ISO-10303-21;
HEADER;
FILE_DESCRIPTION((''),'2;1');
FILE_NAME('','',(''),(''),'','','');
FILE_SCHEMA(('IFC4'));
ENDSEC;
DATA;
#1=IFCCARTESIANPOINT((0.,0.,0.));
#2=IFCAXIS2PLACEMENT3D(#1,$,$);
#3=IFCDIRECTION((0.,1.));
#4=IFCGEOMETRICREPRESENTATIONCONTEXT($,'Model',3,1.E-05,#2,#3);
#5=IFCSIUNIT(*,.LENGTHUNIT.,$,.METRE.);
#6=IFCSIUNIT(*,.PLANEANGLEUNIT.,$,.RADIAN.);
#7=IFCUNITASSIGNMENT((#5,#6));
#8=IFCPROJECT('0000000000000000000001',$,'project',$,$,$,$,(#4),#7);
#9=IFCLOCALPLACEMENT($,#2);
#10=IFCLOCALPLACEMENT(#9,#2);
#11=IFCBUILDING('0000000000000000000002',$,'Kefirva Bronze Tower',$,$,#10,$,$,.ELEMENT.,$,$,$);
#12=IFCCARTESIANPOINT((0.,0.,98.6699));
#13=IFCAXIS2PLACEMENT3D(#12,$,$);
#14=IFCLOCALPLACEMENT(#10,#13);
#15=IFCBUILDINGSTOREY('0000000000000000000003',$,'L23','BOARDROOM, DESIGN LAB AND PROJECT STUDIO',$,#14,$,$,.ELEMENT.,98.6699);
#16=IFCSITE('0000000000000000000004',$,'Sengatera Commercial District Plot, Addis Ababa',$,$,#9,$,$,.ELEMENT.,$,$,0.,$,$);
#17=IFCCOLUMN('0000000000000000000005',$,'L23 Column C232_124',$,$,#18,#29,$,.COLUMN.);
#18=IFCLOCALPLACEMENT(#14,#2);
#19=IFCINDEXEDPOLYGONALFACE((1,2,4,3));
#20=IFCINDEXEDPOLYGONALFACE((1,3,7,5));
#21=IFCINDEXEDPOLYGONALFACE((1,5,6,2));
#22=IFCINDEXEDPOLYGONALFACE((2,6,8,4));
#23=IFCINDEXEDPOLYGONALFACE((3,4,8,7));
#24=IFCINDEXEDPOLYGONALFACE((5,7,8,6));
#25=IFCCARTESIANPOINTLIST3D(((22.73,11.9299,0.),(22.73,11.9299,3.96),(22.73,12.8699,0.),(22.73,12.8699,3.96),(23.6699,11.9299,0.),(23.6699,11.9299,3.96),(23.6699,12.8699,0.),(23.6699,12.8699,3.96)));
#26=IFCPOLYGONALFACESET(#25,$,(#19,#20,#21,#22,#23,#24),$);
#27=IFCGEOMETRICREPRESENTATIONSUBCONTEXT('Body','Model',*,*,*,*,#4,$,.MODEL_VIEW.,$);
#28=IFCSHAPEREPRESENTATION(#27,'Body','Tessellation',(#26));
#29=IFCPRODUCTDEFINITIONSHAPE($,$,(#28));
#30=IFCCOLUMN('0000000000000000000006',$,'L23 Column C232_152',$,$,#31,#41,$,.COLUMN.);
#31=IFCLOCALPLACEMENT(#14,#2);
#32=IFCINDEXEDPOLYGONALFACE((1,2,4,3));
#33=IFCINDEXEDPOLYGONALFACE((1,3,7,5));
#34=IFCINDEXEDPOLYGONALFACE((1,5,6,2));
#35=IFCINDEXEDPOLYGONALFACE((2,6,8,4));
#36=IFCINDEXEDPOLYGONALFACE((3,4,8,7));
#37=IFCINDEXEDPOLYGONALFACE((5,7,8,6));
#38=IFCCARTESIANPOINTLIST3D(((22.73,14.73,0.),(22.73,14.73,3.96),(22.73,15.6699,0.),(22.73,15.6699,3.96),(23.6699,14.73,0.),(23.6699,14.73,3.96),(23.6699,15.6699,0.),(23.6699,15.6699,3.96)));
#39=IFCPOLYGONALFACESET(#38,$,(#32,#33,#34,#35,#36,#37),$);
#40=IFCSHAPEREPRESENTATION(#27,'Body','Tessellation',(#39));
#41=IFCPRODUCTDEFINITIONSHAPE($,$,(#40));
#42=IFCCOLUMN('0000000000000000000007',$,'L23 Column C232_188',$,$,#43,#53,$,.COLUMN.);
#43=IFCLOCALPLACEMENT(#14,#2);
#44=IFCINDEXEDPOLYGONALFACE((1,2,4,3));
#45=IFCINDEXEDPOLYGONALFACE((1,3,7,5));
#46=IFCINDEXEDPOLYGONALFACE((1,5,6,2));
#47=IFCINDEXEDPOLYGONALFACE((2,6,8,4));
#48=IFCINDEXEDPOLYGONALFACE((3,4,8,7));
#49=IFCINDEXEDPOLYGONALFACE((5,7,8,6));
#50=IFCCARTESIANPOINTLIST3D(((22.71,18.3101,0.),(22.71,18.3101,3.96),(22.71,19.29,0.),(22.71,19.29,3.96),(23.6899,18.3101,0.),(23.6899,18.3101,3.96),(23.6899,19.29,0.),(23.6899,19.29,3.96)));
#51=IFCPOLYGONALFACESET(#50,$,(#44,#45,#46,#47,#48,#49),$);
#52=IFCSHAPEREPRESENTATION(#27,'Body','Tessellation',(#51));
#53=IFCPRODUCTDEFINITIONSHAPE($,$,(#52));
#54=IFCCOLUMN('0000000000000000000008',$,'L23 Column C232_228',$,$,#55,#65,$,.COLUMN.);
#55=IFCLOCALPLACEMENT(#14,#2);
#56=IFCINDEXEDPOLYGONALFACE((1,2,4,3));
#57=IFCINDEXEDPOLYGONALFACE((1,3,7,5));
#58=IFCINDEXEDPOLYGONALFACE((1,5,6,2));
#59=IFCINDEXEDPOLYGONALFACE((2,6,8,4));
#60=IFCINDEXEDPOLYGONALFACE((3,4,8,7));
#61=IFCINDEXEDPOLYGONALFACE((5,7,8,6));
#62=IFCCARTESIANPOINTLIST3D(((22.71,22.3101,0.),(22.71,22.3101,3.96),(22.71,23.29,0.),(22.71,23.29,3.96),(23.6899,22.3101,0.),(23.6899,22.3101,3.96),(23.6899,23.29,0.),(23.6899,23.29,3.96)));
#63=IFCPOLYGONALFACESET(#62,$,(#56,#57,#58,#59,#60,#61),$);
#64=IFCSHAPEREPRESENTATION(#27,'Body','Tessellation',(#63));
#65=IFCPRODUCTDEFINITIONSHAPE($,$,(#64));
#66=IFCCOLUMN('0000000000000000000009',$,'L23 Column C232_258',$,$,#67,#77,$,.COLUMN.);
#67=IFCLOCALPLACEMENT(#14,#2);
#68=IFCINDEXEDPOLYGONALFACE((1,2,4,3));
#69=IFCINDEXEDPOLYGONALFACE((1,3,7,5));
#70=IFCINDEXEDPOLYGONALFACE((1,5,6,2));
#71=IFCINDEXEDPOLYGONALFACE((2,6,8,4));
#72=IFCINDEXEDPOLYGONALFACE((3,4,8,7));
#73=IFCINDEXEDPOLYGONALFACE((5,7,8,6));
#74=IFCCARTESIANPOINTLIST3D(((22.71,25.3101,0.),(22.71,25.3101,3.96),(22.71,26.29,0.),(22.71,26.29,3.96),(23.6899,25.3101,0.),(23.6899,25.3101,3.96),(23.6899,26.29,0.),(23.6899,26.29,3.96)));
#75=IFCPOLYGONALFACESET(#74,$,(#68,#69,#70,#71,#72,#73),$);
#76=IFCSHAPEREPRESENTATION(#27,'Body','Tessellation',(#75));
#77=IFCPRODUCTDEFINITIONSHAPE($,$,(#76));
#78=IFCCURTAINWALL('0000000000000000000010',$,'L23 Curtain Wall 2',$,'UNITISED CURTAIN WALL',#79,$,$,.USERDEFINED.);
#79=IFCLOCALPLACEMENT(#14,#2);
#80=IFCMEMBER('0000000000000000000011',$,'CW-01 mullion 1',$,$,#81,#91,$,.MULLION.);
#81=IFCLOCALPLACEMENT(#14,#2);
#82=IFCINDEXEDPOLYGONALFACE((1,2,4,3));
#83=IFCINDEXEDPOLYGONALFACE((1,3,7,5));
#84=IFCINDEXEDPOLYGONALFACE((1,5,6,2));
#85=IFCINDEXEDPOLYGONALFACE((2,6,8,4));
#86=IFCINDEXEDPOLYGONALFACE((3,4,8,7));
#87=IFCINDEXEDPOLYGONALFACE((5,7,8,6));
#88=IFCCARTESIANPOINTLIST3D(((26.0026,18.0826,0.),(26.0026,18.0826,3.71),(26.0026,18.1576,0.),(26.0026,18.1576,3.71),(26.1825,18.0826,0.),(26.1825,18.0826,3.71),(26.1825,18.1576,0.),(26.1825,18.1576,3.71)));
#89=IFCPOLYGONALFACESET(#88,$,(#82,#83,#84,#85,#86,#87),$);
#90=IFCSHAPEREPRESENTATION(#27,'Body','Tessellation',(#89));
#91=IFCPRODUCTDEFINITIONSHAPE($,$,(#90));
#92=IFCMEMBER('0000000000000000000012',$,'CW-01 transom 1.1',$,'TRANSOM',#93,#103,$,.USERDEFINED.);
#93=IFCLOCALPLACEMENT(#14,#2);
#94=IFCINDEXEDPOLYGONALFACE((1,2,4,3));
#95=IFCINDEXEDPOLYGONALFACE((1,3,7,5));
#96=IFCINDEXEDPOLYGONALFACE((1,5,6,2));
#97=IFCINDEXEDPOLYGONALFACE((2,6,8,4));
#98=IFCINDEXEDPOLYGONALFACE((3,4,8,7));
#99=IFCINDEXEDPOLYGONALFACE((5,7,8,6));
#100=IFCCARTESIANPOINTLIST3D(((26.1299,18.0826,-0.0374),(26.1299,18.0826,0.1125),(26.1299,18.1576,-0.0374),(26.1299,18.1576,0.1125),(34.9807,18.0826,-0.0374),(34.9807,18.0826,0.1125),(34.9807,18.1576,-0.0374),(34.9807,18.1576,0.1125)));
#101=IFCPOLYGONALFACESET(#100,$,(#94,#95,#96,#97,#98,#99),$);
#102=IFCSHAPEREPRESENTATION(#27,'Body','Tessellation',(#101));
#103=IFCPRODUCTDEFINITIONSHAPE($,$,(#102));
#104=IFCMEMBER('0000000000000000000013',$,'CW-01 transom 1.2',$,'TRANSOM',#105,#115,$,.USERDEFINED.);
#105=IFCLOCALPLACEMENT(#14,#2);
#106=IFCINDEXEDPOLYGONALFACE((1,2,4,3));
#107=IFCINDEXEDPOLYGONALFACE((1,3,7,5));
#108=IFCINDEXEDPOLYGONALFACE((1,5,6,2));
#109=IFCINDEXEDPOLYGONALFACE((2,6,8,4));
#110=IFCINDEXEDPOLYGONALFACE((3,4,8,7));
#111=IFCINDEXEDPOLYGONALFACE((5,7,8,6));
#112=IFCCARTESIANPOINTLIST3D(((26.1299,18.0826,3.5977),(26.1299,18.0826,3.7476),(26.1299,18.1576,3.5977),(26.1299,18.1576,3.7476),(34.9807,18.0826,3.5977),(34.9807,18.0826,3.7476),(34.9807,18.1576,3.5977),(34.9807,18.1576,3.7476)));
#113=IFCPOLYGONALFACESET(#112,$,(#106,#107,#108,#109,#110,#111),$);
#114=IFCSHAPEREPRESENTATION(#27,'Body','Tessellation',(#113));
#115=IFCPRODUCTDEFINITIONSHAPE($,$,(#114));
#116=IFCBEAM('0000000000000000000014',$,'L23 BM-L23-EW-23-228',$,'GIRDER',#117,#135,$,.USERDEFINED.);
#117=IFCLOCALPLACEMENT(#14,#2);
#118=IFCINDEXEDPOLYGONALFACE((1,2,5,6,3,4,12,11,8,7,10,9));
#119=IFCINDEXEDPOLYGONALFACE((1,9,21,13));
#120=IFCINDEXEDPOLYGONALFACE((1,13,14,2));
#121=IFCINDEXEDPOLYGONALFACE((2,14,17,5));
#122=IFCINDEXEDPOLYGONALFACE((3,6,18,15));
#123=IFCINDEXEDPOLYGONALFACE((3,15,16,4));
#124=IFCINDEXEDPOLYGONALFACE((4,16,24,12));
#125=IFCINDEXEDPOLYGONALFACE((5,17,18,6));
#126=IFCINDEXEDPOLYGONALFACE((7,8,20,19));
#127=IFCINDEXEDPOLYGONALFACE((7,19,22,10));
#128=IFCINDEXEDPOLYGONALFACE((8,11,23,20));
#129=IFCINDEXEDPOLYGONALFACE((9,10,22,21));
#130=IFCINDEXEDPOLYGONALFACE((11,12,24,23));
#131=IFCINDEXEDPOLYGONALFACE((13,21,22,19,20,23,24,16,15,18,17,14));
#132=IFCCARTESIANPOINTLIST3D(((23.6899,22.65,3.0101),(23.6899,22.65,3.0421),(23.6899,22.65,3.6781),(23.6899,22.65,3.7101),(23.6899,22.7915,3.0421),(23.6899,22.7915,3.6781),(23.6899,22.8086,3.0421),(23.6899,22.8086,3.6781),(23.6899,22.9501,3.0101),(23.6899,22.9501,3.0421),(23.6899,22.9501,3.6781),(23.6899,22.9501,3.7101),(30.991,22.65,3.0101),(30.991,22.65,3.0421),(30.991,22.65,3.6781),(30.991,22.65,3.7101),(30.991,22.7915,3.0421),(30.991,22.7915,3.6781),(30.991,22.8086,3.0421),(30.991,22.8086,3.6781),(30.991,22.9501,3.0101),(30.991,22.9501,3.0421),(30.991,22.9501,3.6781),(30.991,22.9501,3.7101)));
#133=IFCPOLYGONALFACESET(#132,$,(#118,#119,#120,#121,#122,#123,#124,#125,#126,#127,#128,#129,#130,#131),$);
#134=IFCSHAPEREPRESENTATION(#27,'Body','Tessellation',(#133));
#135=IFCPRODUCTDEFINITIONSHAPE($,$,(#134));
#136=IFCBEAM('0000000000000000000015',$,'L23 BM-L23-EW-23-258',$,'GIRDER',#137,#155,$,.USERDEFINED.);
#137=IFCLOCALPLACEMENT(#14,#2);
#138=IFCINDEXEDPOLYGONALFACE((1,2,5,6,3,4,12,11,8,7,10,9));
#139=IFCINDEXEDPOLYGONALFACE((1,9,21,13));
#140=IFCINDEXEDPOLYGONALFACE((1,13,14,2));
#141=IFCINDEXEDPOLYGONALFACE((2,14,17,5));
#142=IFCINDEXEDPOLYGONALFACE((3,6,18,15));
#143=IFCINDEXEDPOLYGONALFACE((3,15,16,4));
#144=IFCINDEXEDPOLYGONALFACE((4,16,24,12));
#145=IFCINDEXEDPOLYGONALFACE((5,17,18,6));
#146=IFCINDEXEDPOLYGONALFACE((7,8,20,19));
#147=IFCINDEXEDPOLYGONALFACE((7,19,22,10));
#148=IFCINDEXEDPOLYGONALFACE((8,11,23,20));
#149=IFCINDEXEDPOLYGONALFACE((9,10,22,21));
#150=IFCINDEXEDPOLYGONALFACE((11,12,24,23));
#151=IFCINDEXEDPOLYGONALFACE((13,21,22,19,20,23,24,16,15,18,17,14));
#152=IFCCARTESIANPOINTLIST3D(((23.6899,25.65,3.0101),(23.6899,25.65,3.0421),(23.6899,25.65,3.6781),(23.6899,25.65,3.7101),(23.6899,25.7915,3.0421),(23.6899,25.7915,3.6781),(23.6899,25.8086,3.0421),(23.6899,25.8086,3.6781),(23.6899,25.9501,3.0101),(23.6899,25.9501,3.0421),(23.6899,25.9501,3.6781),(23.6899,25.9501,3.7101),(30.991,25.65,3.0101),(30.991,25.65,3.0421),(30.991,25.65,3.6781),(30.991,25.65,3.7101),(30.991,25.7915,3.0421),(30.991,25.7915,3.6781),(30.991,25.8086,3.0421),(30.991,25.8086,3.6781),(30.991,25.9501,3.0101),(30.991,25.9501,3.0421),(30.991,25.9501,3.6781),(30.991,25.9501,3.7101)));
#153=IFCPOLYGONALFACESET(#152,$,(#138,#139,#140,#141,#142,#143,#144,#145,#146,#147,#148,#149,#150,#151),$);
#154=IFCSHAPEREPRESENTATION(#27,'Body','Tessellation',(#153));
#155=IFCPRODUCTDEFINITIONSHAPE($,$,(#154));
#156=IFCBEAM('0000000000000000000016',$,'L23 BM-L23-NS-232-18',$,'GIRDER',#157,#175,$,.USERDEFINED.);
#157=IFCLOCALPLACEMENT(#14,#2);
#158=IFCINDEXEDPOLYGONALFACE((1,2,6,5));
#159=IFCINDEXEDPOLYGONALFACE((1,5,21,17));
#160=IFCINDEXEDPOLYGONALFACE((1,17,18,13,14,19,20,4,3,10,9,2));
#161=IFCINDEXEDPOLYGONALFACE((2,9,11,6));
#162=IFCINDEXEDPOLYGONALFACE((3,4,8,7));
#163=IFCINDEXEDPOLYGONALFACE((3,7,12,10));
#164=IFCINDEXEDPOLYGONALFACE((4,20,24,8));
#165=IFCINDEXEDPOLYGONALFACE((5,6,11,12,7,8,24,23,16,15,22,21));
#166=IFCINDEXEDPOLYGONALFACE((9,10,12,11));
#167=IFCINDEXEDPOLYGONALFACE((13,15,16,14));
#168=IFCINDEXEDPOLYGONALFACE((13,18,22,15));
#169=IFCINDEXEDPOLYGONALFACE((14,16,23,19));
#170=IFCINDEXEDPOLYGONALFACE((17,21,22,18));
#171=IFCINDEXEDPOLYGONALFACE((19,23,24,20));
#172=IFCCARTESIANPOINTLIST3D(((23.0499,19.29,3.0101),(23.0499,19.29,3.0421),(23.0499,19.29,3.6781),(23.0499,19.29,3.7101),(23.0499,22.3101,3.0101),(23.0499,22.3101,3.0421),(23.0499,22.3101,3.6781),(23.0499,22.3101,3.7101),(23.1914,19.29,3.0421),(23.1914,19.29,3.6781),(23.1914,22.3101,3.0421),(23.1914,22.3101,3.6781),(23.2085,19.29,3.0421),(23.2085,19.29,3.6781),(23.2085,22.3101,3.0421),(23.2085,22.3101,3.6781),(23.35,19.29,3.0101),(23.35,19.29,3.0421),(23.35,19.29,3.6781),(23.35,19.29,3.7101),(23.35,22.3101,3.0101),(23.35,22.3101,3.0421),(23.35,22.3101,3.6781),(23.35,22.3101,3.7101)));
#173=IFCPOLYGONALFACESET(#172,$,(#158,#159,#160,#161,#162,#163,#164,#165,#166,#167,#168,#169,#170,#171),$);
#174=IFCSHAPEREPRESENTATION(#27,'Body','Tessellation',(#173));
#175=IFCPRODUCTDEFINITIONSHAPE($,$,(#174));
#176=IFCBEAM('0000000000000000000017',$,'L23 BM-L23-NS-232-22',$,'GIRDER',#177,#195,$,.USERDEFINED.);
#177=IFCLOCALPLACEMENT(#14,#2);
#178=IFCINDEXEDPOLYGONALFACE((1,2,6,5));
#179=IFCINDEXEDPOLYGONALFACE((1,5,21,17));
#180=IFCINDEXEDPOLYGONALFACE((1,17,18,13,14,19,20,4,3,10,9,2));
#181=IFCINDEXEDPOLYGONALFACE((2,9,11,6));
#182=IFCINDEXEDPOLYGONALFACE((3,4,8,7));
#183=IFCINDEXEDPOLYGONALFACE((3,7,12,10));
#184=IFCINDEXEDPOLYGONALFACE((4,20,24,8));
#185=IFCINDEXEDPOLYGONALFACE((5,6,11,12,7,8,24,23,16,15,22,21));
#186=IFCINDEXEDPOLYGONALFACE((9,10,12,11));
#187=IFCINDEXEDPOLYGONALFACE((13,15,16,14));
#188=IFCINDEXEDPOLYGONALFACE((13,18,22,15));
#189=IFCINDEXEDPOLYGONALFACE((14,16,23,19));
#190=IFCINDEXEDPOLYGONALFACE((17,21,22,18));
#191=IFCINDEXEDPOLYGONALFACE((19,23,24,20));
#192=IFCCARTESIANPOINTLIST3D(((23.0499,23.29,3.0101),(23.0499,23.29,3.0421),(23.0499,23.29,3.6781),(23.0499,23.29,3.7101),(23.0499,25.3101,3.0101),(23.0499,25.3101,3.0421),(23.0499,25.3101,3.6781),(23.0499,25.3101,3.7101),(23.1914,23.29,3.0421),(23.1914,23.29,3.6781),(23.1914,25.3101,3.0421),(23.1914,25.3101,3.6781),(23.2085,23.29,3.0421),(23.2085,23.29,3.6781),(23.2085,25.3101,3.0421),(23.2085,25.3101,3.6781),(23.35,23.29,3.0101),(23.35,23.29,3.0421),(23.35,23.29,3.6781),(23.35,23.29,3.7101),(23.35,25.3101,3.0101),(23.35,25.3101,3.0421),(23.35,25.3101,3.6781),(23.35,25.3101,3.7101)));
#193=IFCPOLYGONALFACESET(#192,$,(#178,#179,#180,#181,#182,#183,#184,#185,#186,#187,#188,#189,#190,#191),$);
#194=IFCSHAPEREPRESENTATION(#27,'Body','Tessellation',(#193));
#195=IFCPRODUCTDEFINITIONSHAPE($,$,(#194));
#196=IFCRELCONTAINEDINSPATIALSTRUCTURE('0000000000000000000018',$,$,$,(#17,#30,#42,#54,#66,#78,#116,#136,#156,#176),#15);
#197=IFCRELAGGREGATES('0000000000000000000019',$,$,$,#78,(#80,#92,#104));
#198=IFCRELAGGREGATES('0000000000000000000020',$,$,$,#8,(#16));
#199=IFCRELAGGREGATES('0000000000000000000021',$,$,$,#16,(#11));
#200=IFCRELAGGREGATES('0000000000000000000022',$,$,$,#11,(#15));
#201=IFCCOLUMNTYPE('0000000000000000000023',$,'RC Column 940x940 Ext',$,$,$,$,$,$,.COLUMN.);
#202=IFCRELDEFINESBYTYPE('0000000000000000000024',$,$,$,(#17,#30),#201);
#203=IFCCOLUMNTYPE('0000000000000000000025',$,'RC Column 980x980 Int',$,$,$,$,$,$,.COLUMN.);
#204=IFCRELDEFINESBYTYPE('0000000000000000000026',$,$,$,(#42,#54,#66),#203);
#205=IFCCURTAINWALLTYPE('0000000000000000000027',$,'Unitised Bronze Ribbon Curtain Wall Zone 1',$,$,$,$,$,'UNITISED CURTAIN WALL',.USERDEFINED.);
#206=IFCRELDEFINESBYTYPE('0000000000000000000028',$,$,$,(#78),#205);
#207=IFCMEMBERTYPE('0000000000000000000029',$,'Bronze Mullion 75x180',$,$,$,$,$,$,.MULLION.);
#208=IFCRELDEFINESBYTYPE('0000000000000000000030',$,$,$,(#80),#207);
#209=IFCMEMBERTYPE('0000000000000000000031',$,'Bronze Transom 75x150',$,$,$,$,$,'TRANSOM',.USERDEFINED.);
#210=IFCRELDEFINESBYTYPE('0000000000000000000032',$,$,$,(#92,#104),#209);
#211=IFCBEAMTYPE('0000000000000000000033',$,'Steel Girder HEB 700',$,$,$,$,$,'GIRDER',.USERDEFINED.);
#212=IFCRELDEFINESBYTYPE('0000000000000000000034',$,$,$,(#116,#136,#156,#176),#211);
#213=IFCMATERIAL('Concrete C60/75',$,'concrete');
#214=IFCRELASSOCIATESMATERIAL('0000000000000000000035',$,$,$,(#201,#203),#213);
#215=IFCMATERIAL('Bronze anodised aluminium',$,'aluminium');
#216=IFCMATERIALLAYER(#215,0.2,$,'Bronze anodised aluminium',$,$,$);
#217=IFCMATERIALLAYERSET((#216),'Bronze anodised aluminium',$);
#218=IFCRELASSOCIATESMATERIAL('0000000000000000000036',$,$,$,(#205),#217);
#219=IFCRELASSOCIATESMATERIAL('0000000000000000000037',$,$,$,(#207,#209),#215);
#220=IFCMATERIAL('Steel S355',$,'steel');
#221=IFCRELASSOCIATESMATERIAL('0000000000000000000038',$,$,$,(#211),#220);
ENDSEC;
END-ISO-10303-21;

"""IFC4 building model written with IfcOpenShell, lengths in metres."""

from ifc_helpers import new_model, si_unit, direction, frame, origin, origin_2d, place, context, subcontext, project, spatial, rectangle, i_section, extrude, material, layer, layer_set, material_profile, profile_set, type_object, element, aggregate, save


model = new_model("IFC4")

# Units and contexts
model_context = context("Model", 3, precision=1e-05, world=origin(), true_north=direction((0.0, 1.0)))
body_context = subcontext(model_context, "Body", "Model", "MODEL_VIEW")
ifc_project = project(units=[si_unit("LENGTHUNIT", "METRE"), si_unit("PLANEANGLEUNIT", "RADIAN")], contexts=[model_context])

# Site, building, storey
site_placement = place(None, origin())
site = spatial("IfcSite", under=ifc_project, at=site_placement, Name="Sengatera Commercial District Plot, Addis Ababa", CompositionType="ELEMENT", RefElevation=0.0)
building_placement = place(site_placement, origin())
building = spatial("IfcBuilding", under=site, at=building_placement, Name="Kefirva Bronze Tower", CompositionType="ELEMENT")
storey_placement = place(building_placement, frame((0.0, 0.0, 98.6699)))
storey = spatial("IfcBuildingStorey", under=building, at=storey_placement, Name="L23", Description="BOARDROOM, DESIGN LAB AND PROJECT STUDIO", CompositionType="ELEMENT", Elevation=98.6699)

# Columns
ifc_material_1 = material(Name="Concrete C60/75", Category="concrete")
ifc_material_profile_1 = material_profile(ifc_material_1, rectangle(XDim=0.9399, YDim=0.9399, at=origin_2d()), Name="RC 940x940")
ifc_profile_set_1 = profile_set([ifc_material_profile_1], Name="Concrete C60/75")
column_type_1 = type_object("IfcColumnType", Name="RC Column 940x940 Ext", PredefinedType="COLUMN", material=ifc_profile_set_1)
for number, where, z_axis, x_axis, name in (
    (1, (23.2, 12.3999, 0.0), (0.0, 0.0, 1.0), (1.0, 0.0, 0.0), "L23 Column C232_124"),
    (2, (23.2, 15.2, 0.0), (0.0, 0.0, 1.0), (1.0, 0.0, 0.0), "L23 Column C232_152"),
):
    element("IfcColumn", number, at=place(storey_placement, frame(where, z_axis=z_axis, x_axis=x_axis)), inside=storey, type_object=column_type_1, Name=name, PredefinedType="COLUMN", context=body_context, shape_type="SweptSolid", body=[
        extrude(rectangle(XDim=0.9399, YDim=0.9399, at=origin_2d()), origin(), (0.0, 0.0, 1.0), 3.96),
    ])
ifc_material_profile_2 = material_profile(ifc_material_1, rectangle(XDim=0.98, YDim=0.98, at=origin_2d()), Name="RC 980x980")
ifc_profile_set_2 = profile_set([ifc_material_profile_2], Name="Concrete C60/75")
column_type_2 = type_object("IfcColumnType", Name="RC Column 980x980 Int", PredefinedType="COLUMN", material=ifc_profile_set_2)
for number, where, z_axis, x_axis, name in (
    (3, (23.2, 18.8, 0.0), (0.0, 0.0, 1.0), (1.0, 0.0, 0.0), "L23 Column C232_188"),
    (4, (23.2, 22.8, 0.0), (0.0, 0.0, 1.0), (1.0, 0.0, 0.0), "L23 Column C232_228"),
    (5, (23.2, 25.8, 0.0), (0.0, 0.0, 1.0), (1.0, 0.0, 0.0), "L23 Column C232_258"),
):
    element("IfcColumn", number, at=place(storey_placement, frame(where, z_axis=z_axis, x_axis=x_axis)), inside=storey, type_object=column_type_2, Name=name, PredefinedType="COLUMN", context=body_context, shape_type="SweptSolid", body=[
        extrude(rectangle(XDim=0.98, YDim=0.98, at=origin_2d()), origin(), (0.0, 0.0, 1.0), 3.96),
    ])

# Curtain wall, members
ifc_material_2 = material(Name="Bronze anodised aluminium", Category="aluminium")
ifc_layer_1 = layer(ifc_material_2, 0.2, Name="Bronze anodised aluminium")
ifc_layer_set_1 = layer_set([ifc_layer_1], Name="Bronze anodised aluminium")
curtain_wall_type = type_object("IfcCurtainWallType", Name="Unitised Bronze Ribbon Curtain Wall Zone 1", ElementType="UNITISED CURTAIN WALL", PredefinedType="USERDEFINED", material=ifc_layer_set_1)
curtain_wall_placement = place(storey_placement, origin())
curtain_wall = element("IfcCurtainWall", 6, at=curtain_wall_placement, inside=storey, type_object=curtain_wall_type, Name="L23 Curtain Wall 2", ObjectType="UNITISED CURTAIN WALL", PredefinedType="USERDEFINED")
ifc_material_profile_3 = material_profile(ifc_material_2, rectangle(XDim=0.075, YDim=0.1799, at=origin_2d()), Name="ALU 75x180")
ifc_profile_set_3 = profile_set([ifc_material_profile_3], Name="Bronze anodised aluminium")
member_type_1 = type_object("IfcMemberType", Name="Bronze Mullion 75x180", PredefinedType="MULLION", material=ifc_profile_set_3)
member_1_placement = place(storey_placement, frame((26.0925, 18.1201, 0.0), z_axis=(0.0, 0.0, 1.0), x_axis=(0.0, 1.0, 0.0)))
member_1 = element("IfcMember", 7, at=member_1_placement, type_object=member_type_1, Name="CW-01 mullion 1", PredefinedType="MULLION", context=body_context, shape_type="SweptSolid", body=[
    extrude(rectangle(XDim=0.075, YDim=0.1799, at=origin_2d()), origin(), (0.0, 0.0, 1.0), 3.71),
])
ifc_material_profile_4 = material_profile(ifc_material_2, rectangle(XDim=0.075, YDim=0.1499, at=origin_2d()), Name="ALU 75x150")
ifc_profile_set_4 = profile_set([ifc_material_profile_4], Name="Bronze anodised aluminium")
member_type_2 = type_object("IfcMemberType", Name="Bronze Transom 75x150", ElementType="TRANSOM", PredefinedType="USERDEFINED", material=ifc_profile_set_4)
member_2_placement = place(storey_placement, frame((26.1299, 18.1201, 0.0376), z_axis=(1.0, 0.0, 0.0), x_axis=(0.0, 1.0, 0.0)))
member_2 = element("IfcMember", 8, at=member_2_placement, type_object=member_type_2, Name="CW-01 transom 1.1", ObjectType="TRANSOM", PredefinedType="USERDEFINED", context=body_context, shape_type="SweptSolid", body=[
    extrude(rectangle(XDim=0.075, YDim=0.1499, at=origin_2d()), origin(), (0.0, 0.0, 1.0), 8.8508),
])
member_3_placement = place(storey_placement, frame((26.1299, 18.1201, 3.6726), z_axis=(1.0, 0.0, 0.0), x_axis=(0.0, 1.0, 0.0)))
member_3 = element("IfcMember", 9, at=member_3_placement, type_object=member_type_2, Name="CW-01 transom 1.2", ObjectType="TRANSOM", PredefinedType="USERDEFINED", context=body_context, shape_type="SweptSolid", body=[
    extrude(rectangle(XDim=0.075, YDim=0.1499, at=origin_2d()), origin(), (0.0, 0.0, 1.0), 8.8508),
])

# Beams
ifc_material_3 = material(Name="Steel S355", Category="steel")
ifc_material_profile_5 = material_profile(ifc_material_3, i_section(OverallWidth=0.3, OverallDepth=0.7, WebThickness=0.0171, FlangeThickness=0.032, at=origin_2d()), Name="HEB 700")
ifc_profile_set_5 = profile_set([ifc_material_profile_5], Name="Steel S355")
beam_type_1 = type_object("IfcBeamType", Name="Steel Girder HEB 700", ElementType="GIRDER", PredefinedType="USERDEFINED", material=ifc_profile_set_5)
for number, where, z_axis, x_axis, name in (
    (10, (23.6899, 22.8, 3.3601), (1.0, 0.0, 0.0), (0.0, 1.0, 0.0), "L23 BM-L23-EW-23-228"),
    (11, (23.6899, 25.8, 3.3601), (1.0, 0.0, 0.0), (0.0, 1.0, 0.0), "L23 BM-L23-EW-23-258"),
):
    element("IfcBeam", number, at=place(storey_placement, frame(where, z_axis=z_axis, x_axis=x_axis)), inside=storey, type_object=beam_type_1, Name=name, ObjectType="GIRDER", PredefinedType="USERDEFINED", context=body_context, shape_type="SweptSolid", body=[
        extrude(i_section(OverallWidth=0.3, OverallDepth=0.7, WebThickness=0.0171, FlangeThickness=0.032, at=origin_2d()), origin(), (0.0, 0.0, 1.0), 7.301),
    ])
beam_1_placement = place(storey_placement, frame((23.2, 19.29, 3.3601), z_axis=(0.0, 1.0, 0.0), x_axis=(-1.0, 0.0, 0.0)))
element("IfcBeam", 12, at=beam_1_placement, inside=storey, type_object=beam_type_1, Name="L23 BM-L23-NS-232-18", ObjectType="GIRDER", PredefinedType="USERDEFINED", context=body_context, shape_type="SweptSolid", body=[
    extrude(i_section(OverallWidth=0.3, OverallDepth=0.7, WebThickness=0.0171, FlangeThickness=0.032, at=origin_2d()), origin(), (0.0, 0.0, 1.0), 3.02),
])
beam_2_placement = place(storey_placement, frame((23.2, 23.29, 3.3601), z_axis=(0.0, 1.0, 0.0), x_axis=(-1.0, 0.0, 0.0)))
element("IfcBeam", 13, at=beam_2_placement, inside=storey, type_object=beam_type_1, Name="L23 BM-L23-NS-232-22", ObjectType="GIRDER", PredefinedType="USERDEFINED", context=body_context, shape_type="SweptSolid", body=[
    extrude(i_section(OverallWidth=0.3, OverallDepth=0.7, WebThickness=0.0171, FlangeThickness=0.032, at=origin_2d()), origin(), (0.0, 0.0, 1.0), 2.02),
])

aggregate(curtain_wall, [member_1, member_2, member_3])

save(model, "model.ifc")
